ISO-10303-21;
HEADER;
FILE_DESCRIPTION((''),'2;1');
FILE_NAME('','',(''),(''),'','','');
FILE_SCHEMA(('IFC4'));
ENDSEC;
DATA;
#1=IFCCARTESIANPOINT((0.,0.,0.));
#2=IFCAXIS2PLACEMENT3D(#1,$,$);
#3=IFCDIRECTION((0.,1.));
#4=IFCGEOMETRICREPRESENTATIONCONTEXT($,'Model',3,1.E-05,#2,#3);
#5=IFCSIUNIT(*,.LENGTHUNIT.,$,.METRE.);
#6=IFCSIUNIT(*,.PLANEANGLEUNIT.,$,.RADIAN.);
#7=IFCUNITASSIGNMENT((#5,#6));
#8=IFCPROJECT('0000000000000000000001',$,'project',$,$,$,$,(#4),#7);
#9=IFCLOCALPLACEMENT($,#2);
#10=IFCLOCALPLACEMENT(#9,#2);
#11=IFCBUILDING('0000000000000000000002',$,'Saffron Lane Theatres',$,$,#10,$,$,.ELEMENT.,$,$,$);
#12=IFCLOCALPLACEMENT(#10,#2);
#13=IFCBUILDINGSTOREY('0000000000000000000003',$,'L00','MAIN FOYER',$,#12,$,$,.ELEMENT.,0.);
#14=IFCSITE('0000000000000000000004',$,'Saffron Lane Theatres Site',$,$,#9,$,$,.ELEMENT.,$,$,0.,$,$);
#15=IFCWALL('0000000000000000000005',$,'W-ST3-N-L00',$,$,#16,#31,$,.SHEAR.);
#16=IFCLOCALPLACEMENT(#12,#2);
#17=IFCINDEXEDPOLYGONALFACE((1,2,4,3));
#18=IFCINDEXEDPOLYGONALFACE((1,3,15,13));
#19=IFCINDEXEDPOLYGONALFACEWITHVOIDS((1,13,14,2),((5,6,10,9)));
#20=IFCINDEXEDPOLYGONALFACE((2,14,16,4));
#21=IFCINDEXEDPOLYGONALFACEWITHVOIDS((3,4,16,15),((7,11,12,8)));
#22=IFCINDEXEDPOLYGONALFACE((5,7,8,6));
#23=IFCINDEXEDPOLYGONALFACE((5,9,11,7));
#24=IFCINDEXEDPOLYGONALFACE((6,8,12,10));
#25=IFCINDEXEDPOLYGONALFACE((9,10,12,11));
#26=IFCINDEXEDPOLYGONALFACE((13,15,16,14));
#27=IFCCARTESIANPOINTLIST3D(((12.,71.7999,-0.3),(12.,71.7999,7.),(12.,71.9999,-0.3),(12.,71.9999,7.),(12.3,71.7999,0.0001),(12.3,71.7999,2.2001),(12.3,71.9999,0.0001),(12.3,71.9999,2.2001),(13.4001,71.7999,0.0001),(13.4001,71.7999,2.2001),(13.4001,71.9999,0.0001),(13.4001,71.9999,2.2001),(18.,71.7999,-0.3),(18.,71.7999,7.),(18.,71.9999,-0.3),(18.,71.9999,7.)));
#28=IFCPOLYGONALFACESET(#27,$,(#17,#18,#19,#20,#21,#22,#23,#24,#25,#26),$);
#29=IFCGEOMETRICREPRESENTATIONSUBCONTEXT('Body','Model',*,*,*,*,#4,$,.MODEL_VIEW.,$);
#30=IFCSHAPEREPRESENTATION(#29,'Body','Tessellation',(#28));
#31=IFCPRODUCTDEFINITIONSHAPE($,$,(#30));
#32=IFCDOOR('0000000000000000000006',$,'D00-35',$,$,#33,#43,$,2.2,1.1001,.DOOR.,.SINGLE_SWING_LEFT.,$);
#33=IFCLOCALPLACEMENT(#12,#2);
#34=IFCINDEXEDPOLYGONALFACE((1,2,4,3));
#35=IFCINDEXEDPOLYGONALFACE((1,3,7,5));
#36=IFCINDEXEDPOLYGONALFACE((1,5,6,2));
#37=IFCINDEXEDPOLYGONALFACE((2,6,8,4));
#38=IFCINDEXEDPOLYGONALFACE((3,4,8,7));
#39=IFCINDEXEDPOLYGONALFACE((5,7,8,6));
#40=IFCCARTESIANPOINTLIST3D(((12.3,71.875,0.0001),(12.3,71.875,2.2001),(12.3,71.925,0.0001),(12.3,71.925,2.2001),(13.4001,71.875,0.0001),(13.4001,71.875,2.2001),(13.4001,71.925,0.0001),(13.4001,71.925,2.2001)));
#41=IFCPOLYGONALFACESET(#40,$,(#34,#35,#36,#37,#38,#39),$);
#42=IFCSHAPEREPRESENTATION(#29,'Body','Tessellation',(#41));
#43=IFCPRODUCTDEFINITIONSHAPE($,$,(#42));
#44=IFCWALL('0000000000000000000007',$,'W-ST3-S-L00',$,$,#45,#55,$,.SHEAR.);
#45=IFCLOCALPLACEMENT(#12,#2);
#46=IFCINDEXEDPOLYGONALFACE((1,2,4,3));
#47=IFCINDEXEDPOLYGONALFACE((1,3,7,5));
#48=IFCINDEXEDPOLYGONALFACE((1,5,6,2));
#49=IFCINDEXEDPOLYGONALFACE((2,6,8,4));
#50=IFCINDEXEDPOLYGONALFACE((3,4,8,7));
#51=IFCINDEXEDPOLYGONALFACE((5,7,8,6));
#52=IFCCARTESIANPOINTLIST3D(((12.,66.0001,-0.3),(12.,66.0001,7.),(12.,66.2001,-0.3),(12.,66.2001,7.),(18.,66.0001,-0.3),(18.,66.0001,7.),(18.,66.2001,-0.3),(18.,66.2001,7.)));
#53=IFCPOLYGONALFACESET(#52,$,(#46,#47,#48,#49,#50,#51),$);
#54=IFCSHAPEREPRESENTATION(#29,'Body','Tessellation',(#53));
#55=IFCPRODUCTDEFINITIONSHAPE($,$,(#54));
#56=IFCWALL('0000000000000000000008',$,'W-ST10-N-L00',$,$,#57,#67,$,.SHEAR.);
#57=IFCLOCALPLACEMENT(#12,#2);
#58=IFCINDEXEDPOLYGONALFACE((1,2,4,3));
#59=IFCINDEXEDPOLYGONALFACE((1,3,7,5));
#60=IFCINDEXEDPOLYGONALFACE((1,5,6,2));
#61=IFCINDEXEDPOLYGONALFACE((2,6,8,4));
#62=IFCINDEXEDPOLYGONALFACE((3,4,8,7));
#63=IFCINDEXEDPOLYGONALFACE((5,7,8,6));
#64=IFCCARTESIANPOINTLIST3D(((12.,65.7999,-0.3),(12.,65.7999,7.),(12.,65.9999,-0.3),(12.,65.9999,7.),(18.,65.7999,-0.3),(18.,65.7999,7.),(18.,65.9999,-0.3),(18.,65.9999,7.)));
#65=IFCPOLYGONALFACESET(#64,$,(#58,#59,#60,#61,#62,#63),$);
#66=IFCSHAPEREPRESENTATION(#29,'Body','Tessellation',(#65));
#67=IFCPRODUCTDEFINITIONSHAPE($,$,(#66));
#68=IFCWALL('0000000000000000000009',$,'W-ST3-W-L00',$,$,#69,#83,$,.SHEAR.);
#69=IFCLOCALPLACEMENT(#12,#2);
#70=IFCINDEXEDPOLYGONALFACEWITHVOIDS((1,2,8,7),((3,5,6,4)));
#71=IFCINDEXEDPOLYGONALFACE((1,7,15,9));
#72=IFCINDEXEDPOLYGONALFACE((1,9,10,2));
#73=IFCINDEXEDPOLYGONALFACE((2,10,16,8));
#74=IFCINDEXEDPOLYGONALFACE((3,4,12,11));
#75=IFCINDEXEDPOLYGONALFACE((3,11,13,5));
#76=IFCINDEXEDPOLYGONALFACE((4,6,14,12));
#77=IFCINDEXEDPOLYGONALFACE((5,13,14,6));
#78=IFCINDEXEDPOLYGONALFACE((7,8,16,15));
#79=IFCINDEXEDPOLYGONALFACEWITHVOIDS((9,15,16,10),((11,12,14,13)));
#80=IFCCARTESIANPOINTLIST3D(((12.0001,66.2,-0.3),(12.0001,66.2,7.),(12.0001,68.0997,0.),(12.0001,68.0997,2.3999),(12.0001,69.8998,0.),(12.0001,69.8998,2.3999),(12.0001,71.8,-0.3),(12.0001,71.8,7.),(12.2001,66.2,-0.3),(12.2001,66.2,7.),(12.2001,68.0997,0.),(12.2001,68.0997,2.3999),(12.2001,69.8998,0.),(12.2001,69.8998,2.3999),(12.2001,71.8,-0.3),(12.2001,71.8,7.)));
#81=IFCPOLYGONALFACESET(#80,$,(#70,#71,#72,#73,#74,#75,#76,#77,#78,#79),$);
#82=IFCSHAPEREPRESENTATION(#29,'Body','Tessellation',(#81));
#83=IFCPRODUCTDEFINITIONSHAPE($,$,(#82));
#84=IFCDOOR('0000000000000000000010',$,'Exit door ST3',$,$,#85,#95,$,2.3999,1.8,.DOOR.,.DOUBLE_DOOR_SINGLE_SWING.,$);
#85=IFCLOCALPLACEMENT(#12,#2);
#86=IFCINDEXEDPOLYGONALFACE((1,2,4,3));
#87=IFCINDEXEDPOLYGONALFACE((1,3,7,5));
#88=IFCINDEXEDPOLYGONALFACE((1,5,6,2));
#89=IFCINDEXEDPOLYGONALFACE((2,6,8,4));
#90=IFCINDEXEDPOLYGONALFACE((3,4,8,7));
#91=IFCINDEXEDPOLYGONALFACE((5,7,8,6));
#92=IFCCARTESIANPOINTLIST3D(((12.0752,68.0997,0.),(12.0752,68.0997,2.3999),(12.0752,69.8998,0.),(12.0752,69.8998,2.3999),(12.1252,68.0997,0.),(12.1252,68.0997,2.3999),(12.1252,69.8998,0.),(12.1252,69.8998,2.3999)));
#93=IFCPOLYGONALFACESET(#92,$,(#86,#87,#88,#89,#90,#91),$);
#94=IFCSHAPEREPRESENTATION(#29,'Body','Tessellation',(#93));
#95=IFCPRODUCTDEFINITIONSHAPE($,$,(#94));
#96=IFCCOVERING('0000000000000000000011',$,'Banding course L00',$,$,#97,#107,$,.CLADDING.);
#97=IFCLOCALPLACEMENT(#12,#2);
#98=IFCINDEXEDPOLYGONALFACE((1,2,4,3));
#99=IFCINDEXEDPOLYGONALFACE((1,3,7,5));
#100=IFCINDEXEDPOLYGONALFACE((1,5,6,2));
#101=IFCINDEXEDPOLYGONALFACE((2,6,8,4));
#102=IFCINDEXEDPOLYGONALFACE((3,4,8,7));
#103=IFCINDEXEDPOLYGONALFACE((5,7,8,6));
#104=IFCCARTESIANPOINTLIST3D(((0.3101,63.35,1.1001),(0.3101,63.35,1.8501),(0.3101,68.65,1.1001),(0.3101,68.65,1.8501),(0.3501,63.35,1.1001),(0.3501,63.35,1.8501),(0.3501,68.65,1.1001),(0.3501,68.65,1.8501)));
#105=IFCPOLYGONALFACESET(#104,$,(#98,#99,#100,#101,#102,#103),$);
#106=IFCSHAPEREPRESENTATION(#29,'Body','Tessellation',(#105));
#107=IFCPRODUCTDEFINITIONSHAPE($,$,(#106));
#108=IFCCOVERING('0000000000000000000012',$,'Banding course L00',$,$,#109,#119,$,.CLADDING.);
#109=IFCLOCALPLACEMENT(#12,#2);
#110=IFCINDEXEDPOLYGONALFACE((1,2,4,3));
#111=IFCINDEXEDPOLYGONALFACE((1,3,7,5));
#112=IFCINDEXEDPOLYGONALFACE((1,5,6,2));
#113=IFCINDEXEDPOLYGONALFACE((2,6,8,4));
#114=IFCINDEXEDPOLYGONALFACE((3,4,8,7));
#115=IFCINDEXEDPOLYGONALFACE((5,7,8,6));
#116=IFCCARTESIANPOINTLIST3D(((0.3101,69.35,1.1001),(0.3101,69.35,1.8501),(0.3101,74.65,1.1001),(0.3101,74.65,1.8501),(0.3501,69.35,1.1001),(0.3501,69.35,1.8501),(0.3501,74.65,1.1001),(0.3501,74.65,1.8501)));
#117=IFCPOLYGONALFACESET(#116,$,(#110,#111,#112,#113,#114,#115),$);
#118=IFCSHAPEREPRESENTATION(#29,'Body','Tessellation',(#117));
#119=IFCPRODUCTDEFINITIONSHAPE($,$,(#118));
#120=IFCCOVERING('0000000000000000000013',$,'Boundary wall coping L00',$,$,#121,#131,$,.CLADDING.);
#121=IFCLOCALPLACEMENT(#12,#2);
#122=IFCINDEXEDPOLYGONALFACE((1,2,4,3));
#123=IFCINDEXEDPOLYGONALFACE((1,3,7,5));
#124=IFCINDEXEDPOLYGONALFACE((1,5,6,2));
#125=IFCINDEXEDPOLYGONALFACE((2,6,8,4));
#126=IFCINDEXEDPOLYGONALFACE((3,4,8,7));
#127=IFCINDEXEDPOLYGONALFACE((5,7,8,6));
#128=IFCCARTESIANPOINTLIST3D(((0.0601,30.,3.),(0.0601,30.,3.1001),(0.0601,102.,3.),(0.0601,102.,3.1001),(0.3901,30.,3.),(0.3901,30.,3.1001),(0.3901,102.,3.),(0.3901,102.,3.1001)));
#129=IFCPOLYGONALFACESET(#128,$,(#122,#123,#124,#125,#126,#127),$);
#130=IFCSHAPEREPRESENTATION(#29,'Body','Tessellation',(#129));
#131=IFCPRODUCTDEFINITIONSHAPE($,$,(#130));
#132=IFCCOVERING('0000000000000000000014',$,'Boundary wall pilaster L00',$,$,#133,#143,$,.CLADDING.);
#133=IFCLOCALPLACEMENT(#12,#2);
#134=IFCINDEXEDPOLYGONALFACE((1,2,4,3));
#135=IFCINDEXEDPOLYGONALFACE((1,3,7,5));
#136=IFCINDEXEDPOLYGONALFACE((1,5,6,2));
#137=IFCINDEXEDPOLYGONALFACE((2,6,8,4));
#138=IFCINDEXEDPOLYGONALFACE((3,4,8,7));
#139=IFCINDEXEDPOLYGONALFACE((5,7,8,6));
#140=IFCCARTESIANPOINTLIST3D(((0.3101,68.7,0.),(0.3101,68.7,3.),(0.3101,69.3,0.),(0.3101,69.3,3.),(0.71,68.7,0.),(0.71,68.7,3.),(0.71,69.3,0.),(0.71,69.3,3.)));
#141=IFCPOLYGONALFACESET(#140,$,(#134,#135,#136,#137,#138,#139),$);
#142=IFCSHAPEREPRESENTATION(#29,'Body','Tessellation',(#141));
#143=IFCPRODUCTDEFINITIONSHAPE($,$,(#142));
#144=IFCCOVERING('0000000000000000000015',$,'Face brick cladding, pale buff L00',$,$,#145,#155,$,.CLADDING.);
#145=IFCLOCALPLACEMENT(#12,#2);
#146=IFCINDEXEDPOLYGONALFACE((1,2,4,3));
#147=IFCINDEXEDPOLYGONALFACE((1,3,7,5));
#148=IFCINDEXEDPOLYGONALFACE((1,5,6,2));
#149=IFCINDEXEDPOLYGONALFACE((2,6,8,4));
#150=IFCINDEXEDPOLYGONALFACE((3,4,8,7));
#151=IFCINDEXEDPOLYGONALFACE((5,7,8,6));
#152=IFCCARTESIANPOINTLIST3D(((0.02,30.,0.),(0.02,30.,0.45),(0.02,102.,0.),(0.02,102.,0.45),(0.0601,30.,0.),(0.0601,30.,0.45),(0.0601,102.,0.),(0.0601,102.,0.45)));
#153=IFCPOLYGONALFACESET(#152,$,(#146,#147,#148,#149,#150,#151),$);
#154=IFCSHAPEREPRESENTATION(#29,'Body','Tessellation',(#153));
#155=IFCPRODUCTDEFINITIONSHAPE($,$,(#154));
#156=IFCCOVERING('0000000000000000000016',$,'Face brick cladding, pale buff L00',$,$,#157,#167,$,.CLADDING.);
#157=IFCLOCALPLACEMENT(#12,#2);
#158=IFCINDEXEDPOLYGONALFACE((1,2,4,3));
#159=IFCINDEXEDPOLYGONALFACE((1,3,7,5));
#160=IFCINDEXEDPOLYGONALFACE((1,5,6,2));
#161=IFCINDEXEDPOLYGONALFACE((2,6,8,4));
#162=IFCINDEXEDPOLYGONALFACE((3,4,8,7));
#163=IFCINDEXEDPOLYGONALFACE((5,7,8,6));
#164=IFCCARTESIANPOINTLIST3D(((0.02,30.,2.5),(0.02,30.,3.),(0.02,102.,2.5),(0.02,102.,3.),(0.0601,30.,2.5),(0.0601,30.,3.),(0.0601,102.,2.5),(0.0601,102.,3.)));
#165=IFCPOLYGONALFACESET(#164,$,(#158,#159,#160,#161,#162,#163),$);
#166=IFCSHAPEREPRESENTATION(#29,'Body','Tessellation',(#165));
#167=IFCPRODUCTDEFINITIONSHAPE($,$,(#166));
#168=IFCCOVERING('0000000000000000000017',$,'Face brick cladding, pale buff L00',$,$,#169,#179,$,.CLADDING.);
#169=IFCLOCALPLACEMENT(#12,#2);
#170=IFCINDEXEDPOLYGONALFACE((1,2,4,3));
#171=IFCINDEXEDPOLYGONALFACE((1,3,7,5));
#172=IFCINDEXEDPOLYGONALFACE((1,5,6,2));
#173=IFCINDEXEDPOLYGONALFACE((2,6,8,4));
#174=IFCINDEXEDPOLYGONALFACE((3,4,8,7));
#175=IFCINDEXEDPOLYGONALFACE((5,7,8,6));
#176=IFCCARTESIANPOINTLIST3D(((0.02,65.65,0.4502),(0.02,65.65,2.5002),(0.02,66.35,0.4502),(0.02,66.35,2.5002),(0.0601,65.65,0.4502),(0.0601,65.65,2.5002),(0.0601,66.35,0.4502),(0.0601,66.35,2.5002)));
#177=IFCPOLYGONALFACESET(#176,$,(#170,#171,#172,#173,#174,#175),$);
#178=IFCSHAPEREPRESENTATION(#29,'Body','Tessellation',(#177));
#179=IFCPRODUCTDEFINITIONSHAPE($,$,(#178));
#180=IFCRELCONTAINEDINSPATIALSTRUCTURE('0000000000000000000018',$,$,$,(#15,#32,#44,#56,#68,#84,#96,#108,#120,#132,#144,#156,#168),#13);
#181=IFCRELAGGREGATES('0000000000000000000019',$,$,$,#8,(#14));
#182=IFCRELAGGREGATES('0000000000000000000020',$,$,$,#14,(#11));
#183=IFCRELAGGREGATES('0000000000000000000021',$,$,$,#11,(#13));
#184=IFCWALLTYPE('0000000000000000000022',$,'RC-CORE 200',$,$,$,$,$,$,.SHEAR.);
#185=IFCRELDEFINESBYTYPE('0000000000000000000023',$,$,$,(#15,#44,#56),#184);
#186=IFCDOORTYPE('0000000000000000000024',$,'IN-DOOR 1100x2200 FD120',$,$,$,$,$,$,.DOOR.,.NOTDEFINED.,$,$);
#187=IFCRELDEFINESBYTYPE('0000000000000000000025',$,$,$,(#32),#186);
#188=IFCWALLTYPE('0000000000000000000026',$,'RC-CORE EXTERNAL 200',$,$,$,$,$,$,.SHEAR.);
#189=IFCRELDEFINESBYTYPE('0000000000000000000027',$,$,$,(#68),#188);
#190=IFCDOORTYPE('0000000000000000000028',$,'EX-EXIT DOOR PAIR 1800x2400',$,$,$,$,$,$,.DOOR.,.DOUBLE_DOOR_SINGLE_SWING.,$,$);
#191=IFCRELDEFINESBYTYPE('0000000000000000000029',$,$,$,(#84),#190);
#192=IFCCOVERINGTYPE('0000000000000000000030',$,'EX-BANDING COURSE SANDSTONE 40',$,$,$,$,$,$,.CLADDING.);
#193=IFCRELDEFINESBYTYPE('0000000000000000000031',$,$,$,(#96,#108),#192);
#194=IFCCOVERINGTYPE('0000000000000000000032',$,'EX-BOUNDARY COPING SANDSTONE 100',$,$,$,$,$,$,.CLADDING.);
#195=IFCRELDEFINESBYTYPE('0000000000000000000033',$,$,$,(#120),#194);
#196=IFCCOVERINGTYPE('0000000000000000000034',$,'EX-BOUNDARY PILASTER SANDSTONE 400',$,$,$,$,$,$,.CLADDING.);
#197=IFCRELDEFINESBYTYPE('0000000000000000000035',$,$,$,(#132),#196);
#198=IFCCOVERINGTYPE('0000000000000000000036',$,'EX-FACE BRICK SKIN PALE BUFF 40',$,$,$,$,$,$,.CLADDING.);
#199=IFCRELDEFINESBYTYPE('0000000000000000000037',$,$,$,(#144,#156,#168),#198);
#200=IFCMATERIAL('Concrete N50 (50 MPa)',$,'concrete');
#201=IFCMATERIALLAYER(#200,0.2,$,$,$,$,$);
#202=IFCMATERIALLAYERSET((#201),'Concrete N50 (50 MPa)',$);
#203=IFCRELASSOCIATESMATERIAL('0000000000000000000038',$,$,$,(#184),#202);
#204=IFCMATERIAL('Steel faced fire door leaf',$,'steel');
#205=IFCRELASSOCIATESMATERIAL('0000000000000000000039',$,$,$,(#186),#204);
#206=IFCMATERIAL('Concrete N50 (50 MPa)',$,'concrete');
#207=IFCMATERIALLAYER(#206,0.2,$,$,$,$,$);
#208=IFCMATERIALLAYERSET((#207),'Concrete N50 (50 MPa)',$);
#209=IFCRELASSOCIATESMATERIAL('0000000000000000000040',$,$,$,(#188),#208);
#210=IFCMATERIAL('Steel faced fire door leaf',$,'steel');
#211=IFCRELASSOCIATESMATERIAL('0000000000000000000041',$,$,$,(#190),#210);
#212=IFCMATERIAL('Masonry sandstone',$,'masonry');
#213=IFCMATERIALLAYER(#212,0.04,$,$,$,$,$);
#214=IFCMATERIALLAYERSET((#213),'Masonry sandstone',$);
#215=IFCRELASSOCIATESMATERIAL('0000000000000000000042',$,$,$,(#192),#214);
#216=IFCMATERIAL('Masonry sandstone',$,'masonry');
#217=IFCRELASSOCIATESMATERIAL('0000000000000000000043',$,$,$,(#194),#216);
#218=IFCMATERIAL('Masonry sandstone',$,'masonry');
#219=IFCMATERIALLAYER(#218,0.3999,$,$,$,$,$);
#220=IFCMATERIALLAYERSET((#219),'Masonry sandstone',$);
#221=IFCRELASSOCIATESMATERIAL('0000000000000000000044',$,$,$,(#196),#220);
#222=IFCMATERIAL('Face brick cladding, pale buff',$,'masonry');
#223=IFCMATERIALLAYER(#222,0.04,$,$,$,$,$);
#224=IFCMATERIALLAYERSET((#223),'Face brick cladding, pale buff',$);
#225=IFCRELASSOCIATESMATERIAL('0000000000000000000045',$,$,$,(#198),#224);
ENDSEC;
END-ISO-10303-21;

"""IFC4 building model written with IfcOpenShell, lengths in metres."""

from ifc_helpers import new_model, si_unit, direction, frame, frame_2d, origin, origin_2d, place, context, subcontext, project, spatial, rectangle, extrude, material, layer, layer_set, type_object, element, fill, save


model = new_model("IFC4")

# Units and contexts
model_context = context("Model", 3, precision=1e-05, world=origin(), true_north=direction((0.0, 1.0)))
body_context = subcontext(model_context, "Body", "Model", "MODEL_VIEW")
ifc_project = project(units=[si_unit("LENGTHUNIT", "METRE"), si_unit("PLANEANGLEUNIT", "RADIAN")], contexts=[model_context])

# Site, building, storey
site_placement = place(None, origin())
site = spatial("IfcSite", under=ifc_project, at=site_placement, Name="Saffron Lane Theatres Site", CompositionType="ELEMENT", RefElevation=0.0)
building_placement = place(site_placement, origin())
building = spatial("IfcBuilding", under=site, at=building_placement, Name="Saffron Lane Theatres", CompositionType="ELEMENT")
storey_placement = place(building_placement, origin())
storey = spatial("IfcBuildingStorey", under=building, at=storey_placement, Name="L00", Description="MAIN FOYER", CompositionType="ELEMENT", Elevation=0.0)

# Wall, opening, door
ifc_material_1 = material(Name="Concrete N50 (50 MPa)", Category="concrete")
ifc_layer_1 = layer(ifc_material_1, 0.2)
ifc_layer_set_1 = layer_set([ifc_layer_1], Name="Concrete N50 (50 MPa)")
wall_type_1 = type_object("IfcWallType", Name="RC-CORE 200", PredefinedType="SHEAR", material=ifc_layer_set_1)
wall_1_placement = place(storey_placement, frame((12.0, 71.8999, -0.3), z_axis=(0.0, 0.0, 1.0), x_axis=(1.0, 0.0, 0.0)))
wall_1 = element("IfcWall", 1, at=wall_1_placement, inside=storey, type_object=wall_type_1, Name="W-ST3-N-L00", PredefinedType="SHEAR", context=body_context, shape_type="SweptSolid", body=[
    extrude(rectangle(XDim=6.0, YDim=0.2, at=frame_2d((3.0, 0.0))), origin(), (0.0, 0.0, 1.0), 7.3),
])
opening_1_placement = place(wall_1_placement, frame((0.3, 0.0, 0.3)))
opening_1 = element("IfcOpeningElement", 2, at=opening_1_placement, cuts=wall_1, PredefinedType="OPENING", context=body_context, shape_type="SweptSolid", body=[
    extrude(rectangle(XDim=1.1001, YDim=2.2, at=frame_2d((0.55, 1.1001))), frame((0.0, 0.1099, 0.0), z_axis=(0.0, -1.0, 0.0), x_axis=(1.0, 0.0, 0.0)), (0.0, 0.0, 1.0), 0.22),
])
ifc_material_2 = material(Name="Steel faced fire door leaf", Category="steel")
door_type_1 = type_object("IfcDoorType", Name="IN-DOOR 1100x2200 FD120", OperationType="NOTDEFINED", PredefinedType="DOOR", material=ifc_material_2)
door_1_placement = place(opening_1_placement, frame((1.1001, 0.0, 0.0), z_axis=(0.0, 0.0, 1.0), x_axis=(-1.0, 0.0, 0.0)))
door_1 = element("IfcDoor", 3, at=door_1_placement, inside=storey, type_object=door_type_1, Name="D00-35", OperationType="SINGLE_SWING_LEFT", OverallHeight=2.2, OverallWidth=1.1001, PredefinedType="DOOR", context=body_context, shape_type="SweptSolid", body=[
    extrude(rectangle(XDim=1.1001, YDim=2.2, at=frame_2d((0.55, 1.1001))), frame((0.0, 0.0249, 0.0), z_axis=(0.0, -1.0, 0.0), x_axis=(1.0, 0.0, 0.0)), (0.0, 0.0, 1.0), 0.05),
])
fill(opening_1, door_1)

# Walls
for number, where, z_axis, x_axis, name in (
    (4, (12.0, 66.1001, -0.3), (0.0, 0.0, 1.0), (1.0, 0.0, 0.0), "W-ST3-S-L00"),
    (5, (12.0, 65.8999, -0.3), (0.0, 0.0, 1.0), (1.0, 0.0, 0.0), "W-ST10-N-L00"),
):
    element("IfcWall", number, at=place(storey_placement, frame(where, z_axis=z_axis, x_axis=x_axis)), inside=storey, type_object=wall_type_1, Name=name, PredefinedType="SHEAR", context=body_context, shape_type="SweptSolid", body=[
        extrude(rectangle(XDim=6.0, YDim=0.2, at=frame_2d((3.0, 0.0))), origin(), (0.0, 0.0, 1.0), 7.3),
    ])

# Wall, opening, door
ifc_material_3 = material(Name="Concrete N50 (50 MPa)", Category="concrete")
ifc_layer_2 = layer(ifc_material_3, 0.2)
ifc_layer_set_2 = layer_set([ifc_layer_2], Name="Concrete N50 (50 MPa)")
wall_type_2 = type_object("IfcWallType", Name="RC-CORE EXTERNAL 200", PredefinedType="SHEAR", material=ifc_layer_set_2)
wall_2_placement = place(storey_placement, frame((12.1001, 66.2, -0.3), z_axis=(0.0, 0.0, 1.0), x_axis=(0.0, 1.0, 0.0)))
wall_2 = element("IfcWall", 6, at=wall_2_placement, inside=storey, type_object=wall_type_2, Name="W-ST3-W-L00", PredefinedType="SHEAR", context=body_context, shape_type="SweptSolid", body=[
    extrude(rectangle(XDim=5.6001, YDim=0.2, at=frame_2d((2.8, 0.0))), origin(), (0.0, 0.0, 1.0), 7.3),
])
opening_2_placement = place(wall_2_placement, frame((1.8999, 0.0, 0.3)))
opening_2 = element("IfcOpeningElement", 7, at=opening_2_placement, cuts=wall_2, PredefinedType="OPENING", context=body_context, shape_type="SweptSolid", body=[
    extrude(rectangle(XDim=1.8, YDim=2.3999, at=frame_2d((0.8999, 1.2))), frame((0.0, 0.1099, 0.0), z_axis=(0.0, -1.0, 0.0), x_axis=(1.0, 0.0, 0.0)), (0.0, 0.0, 1.0), 0.22),
])
ifc_material_4 = material(Name="Steel faced fire door leaf", Category="steel")
door_type_2 = type_object("IfcDoorType", Name="EX-EXIT DOOR PAIR 1800x2400", OperationType="DOUBLE_DOOR_SINGLE_SWING", PredefinedType="DOOR", material=ifc_material_4)
door_2_placement = place(opening_2_placement, origin())
door_2 = element("IfcDoor", 8, at=door_2_placement, inside=storey, type_object=door_type_2, Name="Exit door ST3", OperationType="DOUBLE_DOOR_SINGLE_SWING", OverallHeight=2.3999, OverallWidth=1.8, PredefinedType="DOOR", context=body_context, shape_type="SweptSolid", body=[
    extrude(rectangle(XDim=1.8, YDim=2.3999, at=frame_2d((0.8999, 1.2))), frame((0.0, 0.0249, 0.0), z_axis=(0.0, -1.0, 0.0), x_axis=(1.0, 0.0, 0.0)), (0.0, 0.0, 1.0), 0.05),
])
fill(opening_2, door_2)

# Coverings
ifc_material_5 = material(Name="Masonry sandstone", Category="masonry")
ifc_layer_3 = layer(ifc_material_5, 0.04)
ifc_layer_set_3 = layer_set([ifc_layer_3], Name="Masonry sandstone")
covering_type_1 = type_object("IfcCoveringType", Name="EX-BANDING COURSE SANDSTONE 40", PredefinedType="CLADDING", material=ifc_layer_set_3)
for number, where, z_axis, x_axis, name in (
    (9, (0.3301, 66.0, 1.1001), (0.0, 0.0, 1.0), (0.0, 1.0, 0.0), "Banding course L00"),
    (10, (0.3301, 72.0, 1.1001), (0.0, 0.0, 1.0), (0.0, 1.0, 0.0), "Banding course L00"),
):
    element("IfcCovering", number, at=place(storey_placement, frame(where, z_axis=z_axis, x_axis=x_axis)), inside=storey, type_object=covering_type_1, Name=name, PredefinedType="CLADDING", context=body_context, shape_type="SweptSolid", body=[
        extrude(rectangle(XDim=5.3, YDim=0.04, at=origin_2d()), origin(), (0.0, 0.0, 1.0), 0.75),
    ])
ifc_material_6 = material(Name="Masonry sandstone", Category="masonry")
covering_type_2 = type_object("IfcCoveringType", Name="EX-BOUNDARY COPING SANDSTONE 100", PredefinedType="CLADDING", material=ifc_material_6)
covering_1_placement = place(storey_placement, frame((0.2251, 66.0, 3.0), z_axis=(0.0, 0.0, 1.0), x_axis=(0.0, 1.0, 0.0)))
element("IfcCovering", 11, at=covering_1_placement, inside=storey, type_object=covering_type_2, Name="Boundary wall coping L00", PredefinedType="CLADDING", context=body_context, shape_type="SweptSolid", body=[
    extrude(rectangle(XDim=72.0, YDim=0.3301, at=origin_2d()), origin(), (0.0, 0.0, 1.0), 0.1001),
])
ifc_material_7 = material(Name="Masonry sandstone", Category="masonry")
ifc_layer_4 = layer(ifc_material_7, 0.3999)
ifc_layer_set_4 = layer_set([ifc_layer_4], Name="Masonry sandstone")
covering_type_3 = type_object("IfcCoveringType", Name="EX-BOUNDARY PILASTER SANDSTONE 400", PredefinedType="CLADDING", material=ifc_layer_set_4)
covering_2_placement = place(storey_placement, frame((0.51, 69.0, 0.0), z_axis=(0.0, 0.0, 1.0), x_axis=(0.0, 1.0, 0.0)))
element("IfcCovering", 12, at=covering_2_placement, inside=storey, type_object=covering_type_3, Name="Boundary wall pilaster L00", PredefinedType="CLADDING", context=body_context, shape_type="SweptSolid", body=[
    extrude(rectangle(XDim=0.6001, YDim=0.3999, at=origin_2d()), origin(), (0.0, 0.0, 1.0), 3.0),
])
ifc_material_8 = material(Name="Face brick cladding, pale buff", Category="masonry")
ifc_layer_5 = layer(ifc_material_8, 0.04)
ifc_layer_set_5 = layer_set([ifc_layer_5], Name="Face brick cladding, pale buff")
covering_type_4 = type_object("IfcCoveringType", Name="EX-FACE BRICK SKIN PALE BUFF 40", PredefinedType="CLADDING", material=ifc_layer_set_5)
covering_3_placement = place(storey_placement, frame((0.04, 66.0, 0.0), z_axis=(0.0, 0.0, 1.0), x_axis=(0.0, 1.0, 0.0)))
element("IfcCovering", 13, at=covering_3_placement, inside=storey, type_object=covering_type_4, Name="Face brick cladding, pale buff L00", PredefinedType="CLADDING", context=body_context, shape_type="SweptSolid", body=[
    extrude(rectangle(XDim=72.0, YDim=0.04, at=origin_2d()), origin(), (0.0, 0.0, 1.0), 0.45),
])
covering_4_placement = place(storey_placement, frame((0.04, 66.0, 2.5), z_axis=(0.0, 0.0, 1.0), x_axis=(0.0, 1.0, 0.0)))
element("IfcCovering", 14, at=covering_4_placement, inside=storey, type_object=covering_type_4, Name="Face brick cladding, pale buff L00", PredefinedType="CLADDING", context=body_context, shape_type="SweptSolid", body=[
    extrude(rectangle(XDim=72.0, YDim=0.04, at=origin_2d()), origin(), (0.0, 0.0, 1.0), 0.5),
])
for number, where, z_axis, x_axis, name in (
    (15, (0.04, 66.0, 0.4502), (0.0, 0.0, 1.0), (0.0, 1.0, 0.0), "Face brick cladding, pale buff L00"),
):
    element("IfcCovering", number, at=place(storey_placement, frame(where, z_axis=z_axis, x_axis=x_axis)), inside=storey, type_object=covering_type_4, Name=name, PredefinedType="CLADDING", context=body_context, shape_type="SweptSolid", body=[
        extrude(rectangle(XDim=0.7, YDim=0.04, at=origin_2d()), origin(), (0.0, 0.0, 1.0), 2.05),
    ])

save(model, "model.ifc")
